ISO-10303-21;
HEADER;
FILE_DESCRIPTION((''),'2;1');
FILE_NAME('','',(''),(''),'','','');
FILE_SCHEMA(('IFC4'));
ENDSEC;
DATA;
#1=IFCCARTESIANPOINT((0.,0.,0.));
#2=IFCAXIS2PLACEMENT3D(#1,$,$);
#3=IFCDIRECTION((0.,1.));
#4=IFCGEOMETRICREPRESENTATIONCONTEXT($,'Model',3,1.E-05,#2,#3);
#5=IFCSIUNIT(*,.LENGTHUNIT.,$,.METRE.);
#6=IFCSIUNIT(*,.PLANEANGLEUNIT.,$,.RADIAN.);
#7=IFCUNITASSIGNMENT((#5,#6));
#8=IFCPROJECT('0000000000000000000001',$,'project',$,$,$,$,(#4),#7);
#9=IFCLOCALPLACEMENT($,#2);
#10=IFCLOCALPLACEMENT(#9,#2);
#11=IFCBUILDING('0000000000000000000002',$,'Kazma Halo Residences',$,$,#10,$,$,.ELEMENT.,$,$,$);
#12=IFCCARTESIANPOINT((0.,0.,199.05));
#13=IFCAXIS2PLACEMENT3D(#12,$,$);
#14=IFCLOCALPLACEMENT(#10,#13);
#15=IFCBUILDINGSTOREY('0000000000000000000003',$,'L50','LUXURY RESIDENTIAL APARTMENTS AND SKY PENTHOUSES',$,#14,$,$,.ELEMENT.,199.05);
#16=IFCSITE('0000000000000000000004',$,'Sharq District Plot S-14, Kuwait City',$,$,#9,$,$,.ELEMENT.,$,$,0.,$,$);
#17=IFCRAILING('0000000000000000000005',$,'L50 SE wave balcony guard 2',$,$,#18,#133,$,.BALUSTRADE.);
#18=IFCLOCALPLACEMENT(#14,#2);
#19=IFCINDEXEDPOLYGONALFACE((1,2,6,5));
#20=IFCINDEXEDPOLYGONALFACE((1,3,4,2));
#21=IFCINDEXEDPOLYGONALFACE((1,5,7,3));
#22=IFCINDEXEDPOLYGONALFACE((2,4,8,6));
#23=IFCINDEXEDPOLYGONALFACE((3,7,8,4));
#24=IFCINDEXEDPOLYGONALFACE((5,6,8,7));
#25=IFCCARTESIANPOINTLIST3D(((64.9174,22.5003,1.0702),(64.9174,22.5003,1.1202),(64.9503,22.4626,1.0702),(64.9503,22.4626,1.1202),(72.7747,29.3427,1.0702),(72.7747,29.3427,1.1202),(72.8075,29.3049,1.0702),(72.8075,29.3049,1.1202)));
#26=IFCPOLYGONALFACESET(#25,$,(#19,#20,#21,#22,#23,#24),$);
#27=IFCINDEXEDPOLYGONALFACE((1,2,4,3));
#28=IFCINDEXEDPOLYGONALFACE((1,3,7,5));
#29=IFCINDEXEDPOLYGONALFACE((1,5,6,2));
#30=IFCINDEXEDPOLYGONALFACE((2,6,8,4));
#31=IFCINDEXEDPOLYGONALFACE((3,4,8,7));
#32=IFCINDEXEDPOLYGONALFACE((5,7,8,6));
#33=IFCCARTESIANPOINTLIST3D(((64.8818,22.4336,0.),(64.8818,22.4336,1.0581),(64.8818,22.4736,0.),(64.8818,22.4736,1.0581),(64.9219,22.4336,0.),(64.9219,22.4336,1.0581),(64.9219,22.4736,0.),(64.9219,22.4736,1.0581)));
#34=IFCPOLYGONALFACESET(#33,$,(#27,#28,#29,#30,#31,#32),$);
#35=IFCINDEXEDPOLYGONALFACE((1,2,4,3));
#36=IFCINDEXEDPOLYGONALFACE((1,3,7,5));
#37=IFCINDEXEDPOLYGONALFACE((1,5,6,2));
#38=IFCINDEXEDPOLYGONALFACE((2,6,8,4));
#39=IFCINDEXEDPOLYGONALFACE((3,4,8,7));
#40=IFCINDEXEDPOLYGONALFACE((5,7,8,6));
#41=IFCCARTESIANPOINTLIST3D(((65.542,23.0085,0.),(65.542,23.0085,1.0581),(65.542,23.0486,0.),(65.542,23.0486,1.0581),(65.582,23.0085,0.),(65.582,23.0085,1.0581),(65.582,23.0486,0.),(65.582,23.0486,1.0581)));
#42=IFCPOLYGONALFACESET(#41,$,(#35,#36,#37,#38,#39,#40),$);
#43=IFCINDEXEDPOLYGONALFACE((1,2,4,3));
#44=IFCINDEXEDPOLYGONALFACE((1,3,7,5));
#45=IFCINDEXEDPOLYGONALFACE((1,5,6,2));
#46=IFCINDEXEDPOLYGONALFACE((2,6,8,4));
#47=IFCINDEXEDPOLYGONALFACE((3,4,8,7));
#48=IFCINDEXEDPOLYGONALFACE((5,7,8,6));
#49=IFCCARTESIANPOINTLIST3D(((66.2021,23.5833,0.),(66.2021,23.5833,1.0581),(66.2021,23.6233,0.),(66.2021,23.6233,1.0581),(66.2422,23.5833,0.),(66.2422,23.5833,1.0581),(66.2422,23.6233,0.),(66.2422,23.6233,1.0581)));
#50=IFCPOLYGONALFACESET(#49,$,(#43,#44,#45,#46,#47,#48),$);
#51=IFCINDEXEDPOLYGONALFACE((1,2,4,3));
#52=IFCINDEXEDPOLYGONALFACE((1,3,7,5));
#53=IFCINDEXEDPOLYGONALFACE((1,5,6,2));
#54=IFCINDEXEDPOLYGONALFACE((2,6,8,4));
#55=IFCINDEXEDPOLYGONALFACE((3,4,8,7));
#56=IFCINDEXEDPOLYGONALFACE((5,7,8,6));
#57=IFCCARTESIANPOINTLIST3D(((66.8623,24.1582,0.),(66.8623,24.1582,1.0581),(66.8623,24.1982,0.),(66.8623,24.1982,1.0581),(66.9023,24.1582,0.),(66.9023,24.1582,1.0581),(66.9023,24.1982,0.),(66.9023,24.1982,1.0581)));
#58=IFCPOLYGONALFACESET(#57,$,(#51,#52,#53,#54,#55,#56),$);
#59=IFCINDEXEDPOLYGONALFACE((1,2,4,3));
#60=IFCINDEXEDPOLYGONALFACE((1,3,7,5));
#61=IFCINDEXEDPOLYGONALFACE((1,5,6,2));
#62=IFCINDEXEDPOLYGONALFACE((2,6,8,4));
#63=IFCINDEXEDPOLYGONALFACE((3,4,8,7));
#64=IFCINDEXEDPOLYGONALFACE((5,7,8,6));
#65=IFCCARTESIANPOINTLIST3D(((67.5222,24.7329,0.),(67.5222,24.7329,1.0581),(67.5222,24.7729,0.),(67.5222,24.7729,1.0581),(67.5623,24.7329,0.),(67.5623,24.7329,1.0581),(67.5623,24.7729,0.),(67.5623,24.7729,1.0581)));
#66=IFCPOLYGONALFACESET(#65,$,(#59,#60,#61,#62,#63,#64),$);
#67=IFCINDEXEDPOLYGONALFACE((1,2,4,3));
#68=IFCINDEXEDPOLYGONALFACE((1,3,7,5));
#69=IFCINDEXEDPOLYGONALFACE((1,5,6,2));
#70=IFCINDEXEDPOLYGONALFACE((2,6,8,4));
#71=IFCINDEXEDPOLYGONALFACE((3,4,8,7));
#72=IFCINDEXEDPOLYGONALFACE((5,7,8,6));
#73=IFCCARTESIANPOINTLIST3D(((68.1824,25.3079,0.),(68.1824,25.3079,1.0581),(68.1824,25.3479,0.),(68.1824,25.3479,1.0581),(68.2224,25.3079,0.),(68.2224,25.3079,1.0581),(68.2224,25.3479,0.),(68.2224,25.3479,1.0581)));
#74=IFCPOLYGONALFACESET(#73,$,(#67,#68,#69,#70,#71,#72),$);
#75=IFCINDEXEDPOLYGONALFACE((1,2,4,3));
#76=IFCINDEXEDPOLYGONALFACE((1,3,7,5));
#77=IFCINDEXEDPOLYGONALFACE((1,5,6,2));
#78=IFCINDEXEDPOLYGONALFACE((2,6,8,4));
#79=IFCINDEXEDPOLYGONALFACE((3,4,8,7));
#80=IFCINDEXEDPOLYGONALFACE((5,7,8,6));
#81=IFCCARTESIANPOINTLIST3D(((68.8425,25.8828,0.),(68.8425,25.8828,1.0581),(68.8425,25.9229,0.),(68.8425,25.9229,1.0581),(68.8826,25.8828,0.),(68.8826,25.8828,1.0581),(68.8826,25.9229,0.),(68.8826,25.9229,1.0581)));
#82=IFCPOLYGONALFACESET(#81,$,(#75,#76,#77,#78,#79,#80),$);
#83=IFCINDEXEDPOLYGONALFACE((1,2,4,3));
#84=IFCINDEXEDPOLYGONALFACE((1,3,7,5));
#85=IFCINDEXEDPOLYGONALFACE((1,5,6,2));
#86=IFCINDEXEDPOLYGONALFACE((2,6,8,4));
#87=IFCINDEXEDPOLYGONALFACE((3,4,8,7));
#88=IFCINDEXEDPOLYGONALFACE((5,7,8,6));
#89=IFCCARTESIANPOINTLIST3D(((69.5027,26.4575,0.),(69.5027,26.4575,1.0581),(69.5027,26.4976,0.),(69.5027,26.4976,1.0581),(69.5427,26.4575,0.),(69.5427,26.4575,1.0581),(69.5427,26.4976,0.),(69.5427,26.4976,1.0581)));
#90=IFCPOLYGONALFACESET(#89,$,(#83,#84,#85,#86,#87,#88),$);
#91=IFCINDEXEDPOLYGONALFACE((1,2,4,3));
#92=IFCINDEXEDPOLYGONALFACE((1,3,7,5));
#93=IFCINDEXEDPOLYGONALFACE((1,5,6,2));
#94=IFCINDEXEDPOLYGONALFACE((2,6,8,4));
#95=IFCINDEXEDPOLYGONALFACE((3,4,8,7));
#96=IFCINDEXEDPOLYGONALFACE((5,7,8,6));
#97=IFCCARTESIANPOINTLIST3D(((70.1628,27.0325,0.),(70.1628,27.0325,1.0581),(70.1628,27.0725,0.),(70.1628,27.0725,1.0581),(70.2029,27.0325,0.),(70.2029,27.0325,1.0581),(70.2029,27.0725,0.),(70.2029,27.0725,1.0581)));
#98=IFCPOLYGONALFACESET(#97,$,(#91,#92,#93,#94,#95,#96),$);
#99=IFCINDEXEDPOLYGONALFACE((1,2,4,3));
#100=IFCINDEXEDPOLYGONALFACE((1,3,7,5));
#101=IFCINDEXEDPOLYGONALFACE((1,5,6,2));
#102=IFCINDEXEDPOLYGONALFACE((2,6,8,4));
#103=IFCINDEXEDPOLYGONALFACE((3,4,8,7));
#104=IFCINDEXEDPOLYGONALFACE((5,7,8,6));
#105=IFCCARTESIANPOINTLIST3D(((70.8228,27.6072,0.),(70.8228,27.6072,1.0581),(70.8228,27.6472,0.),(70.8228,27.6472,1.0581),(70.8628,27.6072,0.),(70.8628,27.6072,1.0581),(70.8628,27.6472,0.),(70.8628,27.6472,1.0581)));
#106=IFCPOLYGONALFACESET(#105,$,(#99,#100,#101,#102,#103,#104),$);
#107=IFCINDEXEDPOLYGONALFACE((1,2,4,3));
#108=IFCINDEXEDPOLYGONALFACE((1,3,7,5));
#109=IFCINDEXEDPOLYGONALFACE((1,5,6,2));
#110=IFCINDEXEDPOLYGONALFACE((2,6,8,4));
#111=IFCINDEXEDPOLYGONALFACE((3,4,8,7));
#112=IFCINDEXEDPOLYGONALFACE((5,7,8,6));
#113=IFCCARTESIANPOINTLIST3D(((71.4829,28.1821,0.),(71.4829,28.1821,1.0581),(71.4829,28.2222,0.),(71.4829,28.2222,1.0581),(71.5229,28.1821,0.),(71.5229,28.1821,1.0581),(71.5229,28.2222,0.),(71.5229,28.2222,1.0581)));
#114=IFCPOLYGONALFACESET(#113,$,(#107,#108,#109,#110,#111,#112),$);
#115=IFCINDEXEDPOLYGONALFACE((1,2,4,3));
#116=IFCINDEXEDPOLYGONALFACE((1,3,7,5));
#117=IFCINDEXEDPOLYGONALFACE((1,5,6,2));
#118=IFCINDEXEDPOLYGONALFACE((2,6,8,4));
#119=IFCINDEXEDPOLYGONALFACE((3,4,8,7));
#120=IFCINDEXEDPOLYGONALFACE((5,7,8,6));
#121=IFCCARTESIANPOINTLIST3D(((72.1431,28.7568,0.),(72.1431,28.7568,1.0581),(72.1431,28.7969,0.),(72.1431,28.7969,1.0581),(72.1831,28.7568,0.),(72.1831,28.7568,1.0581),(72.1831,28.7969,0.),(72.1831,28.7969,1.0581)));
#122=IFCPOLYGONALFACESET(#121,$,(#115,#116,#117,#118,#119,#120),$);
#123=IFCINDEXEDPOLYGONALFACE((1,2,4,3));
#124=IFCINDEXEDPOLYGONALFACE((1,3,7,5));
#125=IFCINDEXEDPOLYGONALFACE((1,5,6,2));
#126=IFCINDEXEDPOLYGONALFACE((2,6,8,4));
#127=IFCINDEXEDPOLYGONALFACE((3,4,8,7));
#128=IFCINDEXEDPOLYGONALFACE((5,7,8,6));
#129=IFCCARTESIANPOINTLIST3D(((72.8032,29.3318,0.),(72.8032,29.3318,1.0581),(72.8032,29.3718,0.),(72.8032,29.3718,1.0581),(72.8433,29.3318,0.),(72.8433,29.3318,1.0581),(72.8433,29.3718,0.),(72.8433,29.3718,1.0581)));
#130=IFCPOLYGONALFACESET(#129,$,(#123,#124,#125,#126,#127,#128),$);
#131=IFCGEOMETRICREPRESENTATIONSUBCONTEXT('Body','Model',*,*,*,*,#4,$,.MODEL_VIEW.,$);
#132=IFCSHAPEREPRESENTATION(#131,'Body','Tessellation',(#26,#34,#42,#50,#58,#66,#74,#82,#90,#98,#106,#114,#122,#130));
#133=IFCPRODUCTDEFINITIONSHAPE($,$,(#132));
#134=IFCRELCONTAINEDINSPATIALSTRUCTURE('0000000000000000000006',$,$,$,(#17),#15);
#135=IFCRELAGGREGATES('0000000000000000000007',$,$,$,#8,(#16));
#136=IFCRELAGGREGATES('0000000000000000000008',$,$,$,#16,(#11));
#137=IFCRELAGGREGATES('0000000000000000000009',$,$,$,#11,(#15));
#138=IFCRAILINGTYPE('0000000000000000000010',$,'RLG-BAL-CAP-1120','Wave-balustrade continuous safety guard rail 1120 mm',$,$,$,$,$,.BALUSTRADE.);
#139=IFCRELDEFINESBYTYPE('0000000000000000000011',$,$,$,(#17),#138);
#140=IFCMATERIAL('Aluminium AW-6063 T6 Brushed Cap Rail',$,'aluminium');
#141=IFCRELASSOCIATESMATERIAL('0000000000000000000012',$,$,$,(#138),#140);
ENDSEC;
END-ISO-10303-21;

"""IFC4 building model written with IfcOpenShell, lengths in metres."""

from ifc_helpers import new_model, si_unit, direction, frame, origin, origin_2d, place, context, subcontext, project, spatial, rectangle, extrude, material, type_object, element, save


model = new_model("IFC4")

# Units and contexts
model_context = context("Model", 3, precision=1e-05, world=origin(), true_north=direction((0.0, 1.0)))
body_context = subcontext(model_context, "Body", "Model", "MODEL_VIEW")
ifc_project = project(units=[si_unit("LENGTHUNIT", "METRE"), si_unit("PLANEANGLEUNIT", "RADIAN")], contexts=[model_context])

# Site, building, storey
site_placement = place(None, origin())
site = spatial("IfcSite", under=ifc_project, at=site_placement, Name="Sharq District Plot S-14, Kuwait City", CompositionType="ELEMENT", RefElevation=0.0)
building_placement = place(site_placement, origin())
building = spatial("IfcBuilding", under=site, at=building_placement, Name="Kazma Halo Residences", CompositionType="ELEMENT")
storey_placement = place(building_placement, frame((0.0, 0.0, 199.05)))
storey = spatial("IfcBuildingStorey", under=building, at=storey_placement, Name="L50", Description="LUXURY RESIDENTIAL APARTMENTS AND SKY PENTHOUSES", CompositionType="ELEMENT", Elevation=199.05)

# Railing
ifc_material_1 = material(Name="Aluminium AW-6063 T6 Brushed Cap Rail", Category="aluminium")
railing_type = type_object("IfcRailingType", Name="RLG-BAL-CAP-1120", Description="Wave-balustrade continuous safety guard rail 1120 mm", PredefinedType="BALUSTRADE", material=ifc_material_1)
railing_1_placement = place(storey_placement, frame((64.9019, 22.4536, 0.0)))
element("IfcRailing", 1, at=railing_1_placement, inside=storey, type_object=railing_type, Name="L50 SE wave balcony guard 2", PredefinedType="BALUSTRADE", context=body_context, shape_type="SweptSolid", body=[
    extrude(rectangle(XDim=0.05, YDim=0.05, at=origin_2d()), frame((0.032, 0.0278, 1.0952), z_axis=(0.754132, 0.656722, 0.0), x_axis=(-0.656722, 0.754132, 0.0)), (0.0, 0.0, 1.0), 10.4189),
    extrude(rectangle(XDim=0.04, YDim=0.04, at=origin_2d()), origin(), (0.0, 0.0, 1.0), 1.0581),
    extrude(rectangle(XDim=0.04, YDim=0.04, at=origin_2d()), frame((0.6602, 0.575, 0.0)), (0.0, 0.0, 1.0), 1.0581),
    extrude(rectangle(XDim=0.04, YDim=0.04, at=origin_2d()), frame((1.3203, 1.1497, 0.0)), (0.0, 0.0, 1.0), 1.0581),
    extrude(rectangle(XDim=0.04, YDim=0.04, at=origin_2d()), frame((1.9805, 1.7246, 0.0)), (0.0, 0.0, 1.0), 1.0581),
    extrude(rectangle(XDim=0.04, YDim=0.04, at=origin_2d()), frame((2.6404, 2.2993, 0.0)), (0.0, 0.0, 1.0), 1.0581),
    extrude(rectangle(XDim=0.04, YDim=0.04, at=origin_2d()), frame((3.3005, 2.8743, 0.0)), (0.0, 0.0, 1.0), 1.0581),
    extrude(rectangle(XDim=0.04, YDim=0.04, at=origin_2d()), frame((3.9607, 3.4492, 0.0)), (0.0, 0.0, 1.0), 1.0581),
    extrude(rectangle(XDim=0.04, YDim=0.04, at=origin_2d()), frame((4.6208, 4.0239, 0.0)), (0.0, 0.0, 1.0), 1.0581),
    extrude(rectangle(XDim=0.04, YDim=0.04, at=origin_2d()), frame((5.281, 4.5989, 0.0)), (0.0, 0.0, 1.0), 1.0581),
    extrude(rectangle(XDim=0.04, YDim=0.04, at=origin_2d()), frame((5.9409, 5.1736, 0.0)), (0.0, 0.0, 1.0), 1.0581),
    extrude(rectangle(XDim=0.04, YDim=0.04, at=origin_2d()), frame((6.6011, 5.7485, 0.0)), (0.0, 0.0, 1.0), 1.0581),
    extrude(rectangle(XDim=0.04, YDim=0.04, at=origin_2d()), frame((7.2612, 6.3232, 0.0)), (0.0, 0.0, 1.0), 1.0581),
    extrude(rectangle(XDim=0.04, YDim=0.04, at=origin_2d()), frame((7.9214, 6.8982, 0.0)), (0.0, 0.0, 1.0), 1.0581),
])

save(model, "model.ifc")
